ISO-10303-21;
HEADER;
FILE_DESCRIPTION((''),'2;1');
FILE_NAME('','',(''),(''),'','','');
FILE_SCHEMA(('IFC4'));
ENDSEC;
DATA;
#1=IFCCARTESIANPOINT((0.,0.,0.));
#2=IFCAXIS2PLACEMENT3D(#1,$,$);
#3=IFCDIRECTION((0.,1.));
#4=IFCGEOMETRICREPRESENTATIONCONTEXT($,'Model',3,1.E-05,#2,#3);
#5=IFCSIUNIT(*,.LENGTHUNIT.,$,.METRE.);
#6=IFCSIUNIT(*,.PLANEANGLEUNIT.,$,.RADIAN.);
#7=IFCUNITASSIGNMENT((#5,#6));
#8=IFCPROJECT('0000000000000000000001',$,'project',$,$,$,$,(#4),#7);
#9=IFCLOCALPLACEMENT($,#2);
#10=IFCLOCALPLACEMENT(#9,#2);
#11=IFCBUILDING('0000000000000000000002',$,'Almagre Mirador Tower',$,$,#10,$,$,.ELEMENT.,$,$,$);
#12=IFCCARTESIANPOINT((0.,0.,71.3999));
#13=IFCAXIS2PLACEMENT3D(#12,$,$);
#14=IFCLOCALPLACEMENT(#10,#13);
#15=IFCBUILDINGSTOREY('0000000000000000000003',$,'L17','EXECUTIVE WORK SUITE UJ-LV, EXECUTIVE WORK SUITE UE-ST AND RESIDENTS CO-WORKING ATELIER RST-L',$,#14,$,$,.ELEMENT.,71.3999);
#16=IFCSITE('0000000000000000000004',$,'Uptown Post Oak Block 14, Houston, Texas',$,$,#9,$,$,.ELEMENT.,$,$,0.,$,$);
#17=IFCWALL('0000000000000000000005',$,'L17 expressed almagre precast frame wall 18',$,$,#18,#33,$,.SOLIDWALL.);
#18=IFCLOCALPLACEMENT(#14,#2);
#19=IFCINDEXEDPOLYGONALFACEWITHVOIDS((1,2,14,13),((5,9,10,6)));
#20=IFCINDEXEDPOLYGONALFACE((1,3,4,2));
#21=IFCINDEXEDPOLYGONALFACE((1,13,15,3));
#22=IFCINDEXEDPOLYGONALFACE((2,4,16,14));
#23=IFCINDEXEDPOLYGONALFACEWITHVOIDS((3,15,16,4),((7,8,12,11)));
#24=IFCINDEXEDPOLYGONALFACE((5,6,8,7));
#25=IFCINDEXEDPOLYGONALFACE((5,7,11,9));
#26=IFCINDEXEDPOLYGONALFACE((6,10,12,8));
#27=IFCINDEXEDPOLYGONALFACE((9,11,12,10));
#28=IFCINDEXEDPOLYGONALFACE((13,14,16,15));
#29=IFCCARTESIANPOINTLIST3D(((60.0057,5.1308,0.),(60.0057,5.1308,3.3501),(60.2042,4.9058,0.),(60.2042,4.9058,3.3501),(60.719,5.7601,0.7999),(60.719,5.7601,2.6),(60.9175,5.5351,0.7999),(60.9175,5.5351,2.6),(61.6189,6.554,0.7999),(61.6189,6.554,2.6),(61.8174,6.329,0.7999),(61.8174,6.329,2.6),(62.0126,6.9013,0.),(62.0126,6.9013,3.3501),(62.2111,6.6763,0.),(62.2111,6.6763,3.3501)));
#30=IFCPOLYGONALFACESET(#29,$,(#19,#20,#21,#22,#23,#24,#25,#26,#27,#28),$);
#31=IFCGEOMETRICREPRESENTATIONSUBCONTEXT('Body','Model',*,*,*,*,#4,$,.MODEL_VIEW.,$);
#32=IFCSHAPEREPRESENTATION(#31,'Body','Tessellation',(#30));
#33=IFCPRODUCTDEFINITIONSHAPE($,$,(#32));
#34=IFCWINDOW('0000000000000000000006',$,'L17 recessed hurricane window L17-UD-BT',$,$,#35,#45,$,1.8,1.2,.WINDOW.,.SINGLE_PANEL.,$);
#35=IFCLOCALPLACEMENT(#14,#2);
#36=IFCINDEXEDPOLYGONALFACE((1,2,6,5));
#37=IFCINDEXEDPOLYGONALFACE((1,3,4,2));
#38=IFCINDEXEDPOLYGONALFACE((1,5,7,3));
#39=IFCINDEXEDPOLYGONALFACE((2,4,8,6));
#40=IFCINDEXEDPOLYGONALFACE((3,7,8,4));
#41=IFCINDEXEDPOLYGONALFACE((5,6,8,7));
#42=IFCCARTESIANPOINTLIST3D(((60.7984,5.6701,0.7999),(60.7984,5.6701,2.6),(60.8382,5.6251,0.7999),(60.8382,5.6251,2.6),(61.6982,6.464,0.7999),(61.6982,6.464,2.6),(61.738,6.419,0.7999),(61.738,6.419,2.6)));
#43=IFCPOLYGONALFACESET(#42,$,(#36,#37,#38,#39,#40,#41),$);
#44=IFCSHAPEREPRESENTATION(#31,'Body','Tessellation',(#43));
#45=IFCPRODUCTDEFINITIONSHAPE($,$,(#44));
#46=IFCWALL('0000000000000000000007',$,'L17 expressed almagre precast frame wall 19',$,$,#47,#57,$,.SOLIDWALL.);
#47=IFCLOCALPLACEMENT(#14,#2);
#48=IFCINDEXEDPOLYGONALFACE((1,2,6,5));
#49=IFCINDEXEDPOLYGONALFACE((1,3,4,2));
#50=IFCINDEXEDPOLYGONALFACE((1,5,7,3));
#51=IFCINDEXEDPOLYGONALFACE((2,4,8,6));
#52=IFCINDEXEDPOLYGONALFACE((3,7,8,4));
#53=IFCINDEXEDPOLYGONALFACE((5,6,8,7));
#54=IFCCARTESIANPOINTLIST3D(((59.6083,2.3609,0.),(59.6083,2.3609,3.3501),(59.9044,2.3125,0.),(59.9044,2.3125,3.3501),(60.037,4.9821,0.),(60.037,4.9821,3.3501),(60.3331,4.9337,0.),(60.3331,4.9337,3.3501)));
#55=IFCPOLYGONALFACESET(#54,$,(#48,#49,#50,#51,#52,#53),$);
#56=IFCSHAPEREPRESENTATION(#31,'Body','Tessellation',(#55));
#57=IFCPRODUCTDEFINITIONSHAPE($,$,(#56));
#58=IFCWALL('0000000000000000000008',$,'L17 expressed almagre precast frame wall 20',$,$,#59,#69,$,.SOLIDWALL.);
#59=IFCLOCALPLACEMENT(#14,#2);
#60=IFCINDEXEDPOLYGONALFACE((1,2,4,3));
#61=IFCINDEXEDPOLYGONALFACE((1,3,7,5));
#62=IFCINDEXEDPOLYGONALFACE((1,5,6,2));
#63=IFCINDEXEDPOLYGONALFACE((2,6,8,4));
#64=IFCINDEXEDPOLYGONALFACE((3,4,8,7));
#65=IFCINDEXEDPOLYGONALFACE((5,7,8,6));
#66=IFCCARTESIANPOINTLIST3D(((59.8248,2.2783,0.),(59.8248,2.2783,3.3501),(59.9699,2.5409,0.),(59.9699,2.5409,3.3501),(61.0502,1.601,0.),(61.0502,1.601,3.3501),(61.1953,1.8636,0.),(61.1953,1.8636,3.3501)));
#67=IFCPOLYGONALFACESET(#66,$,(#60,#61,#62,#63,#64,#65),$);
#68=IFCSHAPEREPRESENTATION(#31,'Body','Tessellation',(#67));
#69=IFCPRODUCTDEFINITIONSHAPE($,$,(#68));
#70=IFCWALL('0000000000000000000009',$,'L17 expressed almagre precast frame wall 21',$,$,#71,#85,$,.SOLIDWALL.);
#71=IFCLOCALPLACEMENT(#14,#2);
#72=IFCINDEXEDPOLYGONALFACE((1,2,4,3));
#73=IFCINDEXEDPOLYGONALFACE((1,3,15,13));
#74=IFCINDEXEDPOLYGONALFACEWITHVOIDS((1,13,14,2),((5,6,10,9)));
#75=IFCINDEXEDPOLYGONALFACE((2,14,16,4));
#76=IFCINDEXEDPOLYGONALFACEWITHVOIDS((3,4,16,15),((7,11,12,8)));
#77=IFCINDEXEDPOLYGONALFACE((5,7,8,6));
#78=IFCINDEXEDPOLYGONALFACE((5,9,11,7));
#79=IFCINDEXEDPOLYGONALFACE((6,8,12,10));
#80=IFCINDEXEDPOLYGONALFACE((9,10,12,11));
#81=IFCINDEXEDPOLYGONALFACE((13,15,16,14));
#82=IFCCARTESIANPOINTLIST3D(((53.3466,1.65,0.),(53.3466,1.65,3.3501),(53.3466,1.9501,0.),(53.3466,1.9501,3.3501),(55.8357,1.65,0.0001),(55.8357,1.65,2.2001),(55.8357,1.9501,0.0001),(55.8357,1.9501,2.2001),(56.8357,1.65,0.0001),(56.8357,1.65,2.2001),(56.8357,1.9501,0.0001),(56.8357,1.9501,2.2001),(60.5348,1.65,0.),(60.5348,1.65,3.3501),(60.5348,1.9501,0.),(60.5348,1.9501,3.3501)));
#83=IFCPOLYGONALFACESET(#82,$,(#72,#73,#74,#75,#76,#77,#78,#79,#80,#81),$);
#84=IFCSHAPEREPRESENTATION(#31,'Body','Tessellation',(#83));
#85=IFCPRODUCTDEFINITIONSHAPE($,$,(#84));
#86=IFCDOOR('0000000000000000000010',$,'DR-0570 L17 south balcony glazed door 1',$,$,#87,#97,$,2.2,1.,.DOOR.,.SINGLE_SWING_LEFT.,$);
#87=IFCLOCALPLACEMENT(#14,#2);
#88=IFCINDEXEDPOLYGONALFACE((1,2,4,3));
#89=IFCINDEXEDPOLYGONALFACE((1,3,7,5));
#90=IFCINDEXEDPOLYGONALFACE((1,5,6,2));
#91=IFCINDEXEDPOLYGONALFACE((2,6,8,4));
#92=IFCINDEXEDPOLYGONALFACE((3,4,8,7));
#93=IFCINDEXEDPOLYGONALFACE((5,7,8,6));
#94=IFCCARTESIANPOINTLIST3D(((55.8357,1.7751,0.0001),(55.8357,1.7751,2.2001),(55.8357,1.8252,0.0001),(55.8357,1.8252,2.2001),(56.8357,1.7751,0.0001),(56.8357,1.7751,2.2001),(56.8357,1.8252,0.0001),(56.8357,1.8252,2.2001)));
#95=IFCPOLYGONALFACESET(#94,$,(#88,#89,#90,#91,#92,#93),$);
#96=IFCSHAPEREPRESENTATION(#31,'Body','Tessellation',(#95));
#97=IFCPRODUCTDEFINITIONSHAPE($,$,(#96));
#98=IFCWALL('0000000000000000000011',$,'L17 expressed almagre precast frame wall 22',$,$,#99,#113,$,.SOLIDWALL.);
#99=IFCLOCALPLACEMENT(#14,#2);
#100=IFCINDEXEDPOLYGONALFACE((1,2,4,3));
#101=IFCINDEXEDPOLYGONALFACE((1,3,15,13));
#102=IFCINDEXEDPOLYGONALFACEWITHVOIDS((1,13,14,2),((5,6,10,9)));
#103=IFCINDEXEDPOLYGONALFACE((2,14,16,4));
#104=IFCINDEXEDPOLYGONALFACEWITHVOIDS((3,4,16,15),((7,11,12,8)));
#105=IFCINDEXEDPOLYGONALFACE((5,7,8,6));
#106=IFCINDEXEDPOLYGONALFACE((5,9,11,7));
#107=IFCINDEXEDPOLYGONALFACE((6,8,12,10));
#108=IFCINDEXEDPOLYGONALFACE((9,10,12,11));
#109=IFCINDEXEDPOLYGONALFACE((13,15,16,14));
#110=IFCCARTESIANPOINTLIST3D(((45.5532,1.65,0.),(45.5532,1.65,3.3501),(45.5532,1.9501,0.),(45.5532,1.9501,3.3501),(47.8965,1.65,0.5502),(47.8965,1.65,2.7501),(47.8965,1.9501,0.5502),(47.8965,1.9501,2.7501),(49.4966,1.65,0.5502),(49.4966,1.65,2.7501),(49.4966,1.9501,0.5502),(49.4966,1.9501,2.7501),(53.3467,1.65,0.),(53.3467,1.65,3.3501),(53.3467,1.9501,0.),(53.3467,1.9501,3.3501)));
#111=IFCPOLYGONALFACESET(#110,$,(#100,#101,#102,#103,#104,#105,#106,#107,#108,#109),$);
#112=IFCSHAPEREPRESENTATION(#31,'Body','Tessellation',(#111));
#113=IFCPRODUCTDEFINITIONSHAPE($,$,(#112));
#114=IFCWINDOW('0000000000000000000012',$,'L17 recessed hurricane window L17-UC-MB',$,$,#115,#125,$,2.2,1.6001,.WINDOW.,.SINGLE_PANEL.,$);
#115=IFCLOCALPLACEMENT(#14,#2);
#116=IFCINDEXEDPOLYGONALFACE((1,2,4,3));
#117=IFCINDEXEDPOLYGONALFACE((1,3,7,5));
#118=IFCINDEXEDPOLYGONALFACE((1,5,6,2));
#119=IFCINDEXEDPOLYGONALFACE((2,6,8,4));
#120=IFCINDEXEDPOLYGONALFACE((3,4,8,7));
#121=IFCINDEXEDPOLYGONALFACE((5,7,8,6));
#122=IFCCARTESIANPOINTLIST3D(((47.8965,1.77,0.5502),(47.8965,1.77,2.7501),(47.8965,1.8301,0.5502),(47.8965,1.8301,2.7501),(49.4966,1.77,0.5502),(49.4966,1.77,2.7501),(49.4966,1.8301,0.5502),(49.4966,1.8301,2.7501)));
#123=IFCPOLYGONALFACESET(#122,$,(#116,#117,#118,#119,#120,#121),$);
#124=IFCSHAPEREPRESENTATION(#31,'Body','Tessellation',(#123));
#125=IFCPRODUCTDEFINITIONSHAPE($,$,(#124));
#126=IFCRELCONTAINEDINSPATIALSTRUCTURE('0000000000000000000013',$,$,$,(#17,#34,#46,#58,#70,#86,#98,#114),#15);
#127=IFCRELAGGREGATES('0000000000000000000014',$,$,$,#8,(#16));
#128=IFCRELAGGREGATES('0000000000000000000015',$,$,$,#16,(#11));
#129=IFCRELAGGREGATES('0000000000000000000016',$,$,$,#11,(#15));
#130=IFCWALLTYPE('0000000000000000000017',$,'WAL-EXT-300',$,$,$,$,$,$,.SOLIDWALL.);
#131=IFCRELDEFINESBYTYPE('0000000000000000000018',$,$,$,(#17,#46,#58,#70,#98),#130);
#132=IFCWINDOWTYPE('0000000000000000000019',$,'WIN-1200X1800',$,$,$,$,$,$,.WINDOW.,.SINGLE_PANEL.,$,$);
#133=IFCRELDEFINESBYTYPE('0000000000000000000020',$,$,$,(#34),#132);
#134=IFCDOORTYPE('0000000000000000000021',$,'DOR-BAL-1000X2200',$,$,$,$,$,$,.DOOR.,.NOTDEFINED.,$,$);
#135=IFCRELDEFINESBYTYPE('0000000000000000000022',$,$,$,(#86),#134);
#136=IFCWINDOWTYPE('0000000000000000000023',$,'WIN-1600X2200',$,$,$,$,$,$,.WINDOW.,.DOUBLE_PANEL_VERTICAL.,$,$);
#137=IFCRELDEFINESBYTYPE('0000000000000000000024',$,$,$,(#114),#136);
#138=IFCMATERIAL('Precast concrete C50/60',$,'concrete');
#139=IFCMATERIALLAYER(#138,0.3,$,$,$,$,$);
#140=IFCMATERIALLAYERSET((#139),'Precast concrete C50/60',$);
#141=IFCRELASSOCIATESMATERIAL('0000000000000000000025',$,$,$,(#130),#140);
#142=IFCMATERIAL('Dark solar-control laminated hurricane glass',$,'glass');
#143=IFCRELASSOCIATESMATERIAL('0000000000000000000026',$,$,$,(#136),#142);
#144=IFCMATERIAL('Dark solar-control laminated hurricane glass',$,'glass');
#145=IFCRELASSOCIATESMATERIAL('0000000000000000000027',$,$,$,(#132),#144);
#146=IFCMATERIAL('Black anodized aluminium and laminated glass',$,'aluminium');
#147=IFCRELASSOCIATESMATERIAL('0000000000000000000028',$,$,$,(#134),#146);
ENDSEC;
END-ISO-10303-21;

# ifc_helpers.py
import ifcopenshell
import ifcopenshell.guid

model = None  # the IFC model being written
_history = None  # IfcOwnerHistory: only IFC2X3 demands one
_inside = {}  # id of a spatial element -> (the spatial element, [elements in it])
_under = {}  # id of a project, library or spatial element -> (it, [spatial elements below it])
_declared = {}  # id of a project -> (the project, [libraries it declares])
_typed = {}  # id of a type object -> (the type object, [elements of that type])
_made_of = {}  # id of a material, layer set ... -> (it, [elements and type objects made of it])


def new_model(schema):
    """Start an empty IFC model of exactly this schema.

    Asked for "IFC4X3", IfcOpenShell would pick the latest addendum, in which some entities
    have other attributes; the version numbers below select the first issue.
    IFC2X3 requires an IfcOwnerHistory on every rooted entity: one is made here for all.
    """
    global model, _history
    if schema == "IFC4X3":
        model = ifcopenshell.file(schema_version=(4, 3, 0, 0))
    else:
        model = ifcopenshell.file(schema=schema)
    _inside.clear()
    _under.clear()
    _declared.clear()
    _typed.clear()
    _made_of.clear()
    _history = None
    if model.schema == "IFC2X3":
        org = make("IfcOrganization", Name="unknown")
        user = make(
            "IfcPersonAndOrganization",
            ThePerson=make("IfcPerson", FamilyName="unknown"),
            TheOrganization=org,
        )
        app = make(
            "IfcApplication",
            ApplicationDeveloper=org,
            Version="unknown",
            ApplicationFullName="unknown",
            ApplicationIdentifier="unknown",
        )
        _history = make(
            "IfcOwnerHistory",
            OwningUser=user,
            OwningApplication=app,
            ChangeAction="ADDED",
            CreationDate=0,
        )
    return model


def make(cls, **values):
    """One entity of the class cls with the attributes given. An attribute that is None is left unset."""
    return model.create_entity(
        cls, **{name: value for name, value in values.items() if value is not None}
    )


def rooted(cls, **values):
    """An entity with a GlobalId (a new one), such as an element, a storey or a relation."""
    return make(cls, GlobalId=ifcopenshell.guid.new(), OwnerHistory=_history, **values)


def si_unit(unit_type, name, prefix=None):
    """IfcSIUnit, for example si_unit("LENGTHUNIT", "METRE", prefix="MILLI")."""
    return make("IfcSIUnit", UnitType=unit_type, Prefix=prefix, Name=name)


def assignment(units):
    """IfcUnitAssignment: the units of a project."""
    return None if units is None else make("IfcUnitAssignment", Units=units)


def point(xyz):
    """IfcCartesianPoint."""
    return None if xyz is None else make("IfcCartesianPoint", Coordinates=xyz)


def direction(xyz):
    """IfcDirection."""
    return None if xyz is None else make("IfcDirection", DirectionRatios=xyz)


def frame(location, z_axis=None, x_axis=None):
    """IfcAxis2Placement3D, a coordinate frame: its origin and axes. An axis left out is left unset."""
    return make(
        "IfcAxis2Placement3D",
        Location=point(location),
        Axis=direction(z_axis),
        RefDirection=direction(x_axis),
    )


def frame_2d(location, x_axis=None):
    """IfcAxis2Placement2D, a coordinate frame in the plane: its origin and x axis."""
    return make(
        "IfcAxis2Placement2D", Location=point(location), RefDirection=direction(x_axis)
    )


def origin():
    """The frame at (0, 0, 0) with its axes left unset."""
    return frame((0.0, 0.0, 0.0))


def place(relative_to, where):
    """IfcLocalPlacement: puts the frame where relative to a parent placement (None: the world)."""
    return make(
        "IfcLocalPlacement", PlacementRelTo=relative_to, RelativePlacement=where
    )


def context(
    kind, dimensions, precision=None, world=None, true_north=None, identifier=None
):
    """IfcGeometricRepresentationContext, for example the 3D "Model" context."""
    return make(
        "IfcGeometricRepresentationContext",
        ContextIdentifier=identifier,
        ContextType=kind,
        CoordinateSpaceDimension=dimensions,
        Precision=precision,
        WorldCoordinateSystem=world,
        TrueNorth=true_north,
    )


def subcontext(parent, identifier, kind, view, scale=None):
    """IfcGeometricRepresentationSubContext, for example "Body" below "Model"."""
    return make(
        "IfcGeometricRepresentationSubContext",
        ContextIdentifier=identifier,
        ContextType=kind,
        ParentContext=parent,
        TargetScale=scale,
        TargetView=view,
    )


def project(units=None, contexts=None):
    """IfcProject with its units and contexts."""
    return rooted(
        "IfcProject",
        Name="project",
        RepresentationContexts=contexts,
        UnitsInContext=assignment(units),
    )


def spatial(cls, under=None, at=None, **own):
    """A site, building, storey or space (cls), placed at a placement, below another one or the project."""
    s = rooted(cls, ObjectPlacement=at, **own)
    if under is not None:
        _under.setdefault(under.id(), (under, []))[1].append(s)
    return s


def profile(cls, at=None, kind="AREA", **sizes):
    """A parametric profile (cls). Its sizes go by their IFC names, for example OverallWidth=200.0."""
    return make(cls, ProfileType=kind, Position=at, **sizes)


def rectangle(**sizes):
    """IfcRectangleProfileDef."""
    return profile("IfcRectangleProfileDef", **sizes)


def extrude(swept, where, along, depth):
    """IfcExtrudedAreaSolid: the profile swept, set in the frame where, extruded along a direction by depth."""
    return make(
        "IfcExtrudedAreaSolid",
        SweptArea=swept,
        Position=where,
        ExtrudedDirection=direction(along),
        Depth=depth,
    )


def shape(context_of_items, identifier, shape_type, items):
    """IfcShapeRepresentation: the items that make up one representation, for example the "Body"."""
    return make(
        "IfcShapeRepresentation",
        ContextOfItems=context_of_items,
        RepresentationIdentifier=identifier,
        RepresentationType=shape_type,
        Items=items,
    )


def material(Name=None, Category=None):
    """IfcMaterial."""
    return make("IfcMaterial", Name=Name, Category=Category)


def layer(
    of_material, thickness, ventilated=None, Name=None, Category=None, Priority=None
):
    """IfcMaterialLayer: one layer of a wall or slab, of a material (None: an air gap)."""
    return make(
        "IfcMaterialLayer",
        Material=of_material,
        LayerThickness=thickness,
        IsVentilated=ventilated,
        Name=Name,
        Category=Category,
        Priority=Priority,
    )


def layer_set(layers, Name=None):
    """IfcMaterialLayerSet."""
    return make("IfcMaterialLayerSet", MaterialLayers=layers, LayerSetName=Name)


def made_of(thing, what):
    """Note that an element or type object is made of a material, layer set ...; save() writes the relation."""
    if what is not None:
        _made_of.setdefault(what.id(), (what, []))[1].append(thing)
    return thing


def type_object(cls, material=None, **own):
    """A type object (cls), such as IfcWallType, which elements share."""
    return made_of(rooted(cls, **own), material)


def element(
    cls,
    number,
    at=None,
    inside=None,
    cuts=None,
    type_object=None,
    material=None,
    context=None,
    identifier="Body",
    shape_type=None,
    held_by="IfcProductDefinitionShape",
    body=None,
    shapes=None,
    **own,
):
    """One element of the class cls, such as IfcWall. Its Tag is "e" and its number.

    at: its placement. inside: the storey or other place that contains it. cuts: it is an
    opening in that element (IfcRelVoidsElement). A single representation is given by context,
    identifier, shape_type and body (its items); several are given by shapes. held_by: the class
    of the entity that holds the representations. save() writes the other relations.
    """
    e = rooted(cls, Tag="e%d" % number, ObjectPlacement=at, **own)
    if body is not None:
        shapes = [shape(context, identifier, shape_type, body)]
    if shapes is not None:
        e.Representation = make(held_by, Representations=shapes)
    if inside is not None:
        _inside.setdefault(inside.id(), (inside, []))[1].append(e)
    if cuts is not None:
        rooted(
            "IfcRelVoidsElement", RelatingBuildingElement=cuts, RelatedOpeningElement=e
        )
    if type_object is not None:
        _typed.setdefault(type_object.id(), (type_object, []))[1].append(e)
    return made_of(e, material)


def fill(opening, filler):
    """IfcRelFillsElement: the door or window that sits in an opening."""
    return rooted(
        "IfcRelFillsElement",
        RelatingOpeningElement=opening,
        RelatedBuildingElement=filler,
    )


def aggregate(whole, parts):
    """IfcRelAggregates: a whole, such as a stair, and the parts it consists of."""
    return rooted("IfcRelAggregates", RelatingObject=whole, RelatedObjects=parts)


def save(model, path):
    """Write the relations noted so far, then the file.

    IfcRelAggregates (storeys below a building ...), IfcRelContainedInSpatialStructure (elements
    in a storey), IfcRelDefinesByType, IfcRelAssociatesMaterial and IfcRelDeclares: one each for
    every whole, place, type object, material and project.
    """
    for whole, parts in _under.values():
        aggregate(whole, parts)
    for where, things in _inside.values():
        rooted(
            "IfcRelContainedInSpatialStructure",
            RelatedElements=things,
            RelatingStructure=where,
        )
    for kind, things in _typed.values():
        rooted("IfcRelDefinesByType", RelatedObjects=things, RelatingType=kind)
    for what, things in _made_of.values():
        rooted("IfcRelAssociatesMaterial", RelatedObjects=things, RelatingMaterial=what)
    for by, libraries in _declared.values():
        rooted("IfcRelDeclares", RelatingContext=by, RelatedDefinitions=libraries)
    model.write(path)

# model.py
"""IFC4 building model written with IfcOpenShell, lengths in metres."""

from ifc_helpers import new_model, si_unit, direction, frame, frame_2d, origin, place, context, subcontext, project, spatial, rectangle, extrude, material, layer, layer_set, type_object, element, fill, save


model = new_model("IFC4")

# Units and contexts
model_context = context("Model", 3, precision=1e-05, world=origin(), true_north=direction((0.0, 1.0)))
body_context = subcontext(model_context, "Body", "Model", "MODEL_VIEW")
ifc_project = project(units=[si_unit("LENGTHUNIT", "METRE"), si_unit("PLANEANGLEUNIT", "RADIAN")], contexts=[model_context])

# Site, building, storey
site_placement = place(None, origin())
site = spatial("IfcSite", under=ifc_project, at=site_placement, Name="Uptown Post Oak Block 14, Houston, Texas", CompositionType="ELEMENT", RefElevation=0.0)
building_placement = place(site_placement, origin())
building = spatial("IfcBuilding", under=site, at=building_placement, Name="Almagre Mirador Tower", CompositionType="ELEMENT")
storey_placement = place(building_placement, frame((0.0, 0.0, 71.3999)))
storey = spatial("IfcBuildingStorey", under=building, at=storey_placement, Name="L17", Description="EXECUTIVE WORK SUITE UJ-LV, EXECUTIVE WORK SUITE UE-ST AND RESIDENTS CO-WORKING ATELIER RST-L", CompositionType="ELEMENT", Elevation=71.3999)

# Shared definitions
ifc_material_1 = material(Name="Precast concrete C50/60", Category="concrete")
ifc_layer_1 = layer(ifc_material_1, 0.3)
ifc_layer_set_1 = layer_set([ifc_layer_1], Name="Precast concrete C50/60")
wall_type = type_object("IfcWallType", Name="WAL-EXT-300", PredefinedType="SOLIDWALL", material=ifc_layer_set_1)
ifc_material_2 = material(Name="Dark solar-control laminated hurricane glass", Category="glass")
window_type_1 = type_object("IfcWindowType", Name="WIN-1600X2200", PartitioningType="DOUBLE_PANEL_VERTICAL", PredefinedType="WINDOW", material=ifc_material_2)

# Wall, opening, window
wall_1_placement = place(storey_placement, frame((62.1118, 6.7888, 0.0), z_axis=(0.0, 0.0, 1.0), x_axis=(-0.74988, -0.661573, 0.0)))
wall_1 = element("IfcWall", 1, at=wall_1_placement, inside=storey, type_object=wall_type, Name="L17 expressed almagre precast frame wall 18", PredefinedType="SOLIDWALL", context=body_context, shape_type="SweptSolid", body=[
    extrude(rectangle(XDim=2.6763, YDim=0.3, at=frame_2d((1.3381, 0.0))), origin(), (0.0, 0.0, 1.0), 3.3501),
])
opening_1_placement = place(wall_1_placement, frame((0.5249, 0.0, 0.8)))
opening_1 = element("IfcOpeningElement", 2, at=opening_1_placement, cuts=wall_1, PredefinedType="OPENING", context=body_context, shape_type="SweptSolid", body=[
    extrude(rectangle(XDim=1.2, YDim=1.8, at=frame_2d((0.6001, 0.8999))), frame((0.0, 0.1599, 0.0), z_axis=(0.0, -1.0, 0.0), x_axis=(1.0, 0.0, 0.0)), (0.0, 0.0, 1.0), 0.32),
])
ifc_material_3 = material(Name="Dark solar-control laminated hurricane glass", Category="glass")
window_type_2 = type_object("IfcWindowType", Name="WIN-1200X1800", PartitioningType="SINGLE_PANEL", PredefinedType="WINDOW", material=ifc_material_3)
window_1_placement = place(opening_1_placement, origin())
window_1 = element("IfcWindow", 3, at=window_1_placement, inside=storey, type_object=window_type_2, Name="L17 recessed hurricane window L17-UD-BT", OverallHeight=1.8, OverallWidth=1.2, PartitioningType="SINGLE_PANEL", PredefinedType="WINDOW", context=body_context, shape_type="SweptSolid", body=[
    extrude(rectangle(XDim=1.2, YDim=1.8, at=frame_2d((0.6001, 0.8999))), frame((0.0, 0.03, 0.0), z_axis=(0.0, -1.0, 0.0), x_axis=(1.0, 0.0, 0.0)), (0.0, 0.0, 1.0), 0.0601),
])
fill(opening_1, window_1)

# Walls
wall_2_placement = place(storey_placement, frame((60.1851, 4.958, 0.0), z_axis=(0.0, 0.0, 1.0), x_axis=(-0.161417, -0.986886, 0.0)))
element("IfcWall", 4, at=wall_2_placement, inside=storey, type_object=wall_type, Name="L17 expressed almagre precast frame wall 19", PredefinedType="SOLIDWALL", context=body_context, shape_type="SweptSolid", body=[
    extrude(rectangle(XDim=2.656, YDim=0.3, at=frame_2d((1.3281, 0.0))), origin(), (0.0, 0.0, 1.0), 3.3501),
])
wall_3_placement = place(storey_placement, frame((59.8972, 2.4097, 0.0), z_axis=(0.0, 0.0, 1.0), x_axis=(0.875216, -0.483732, 0.0)))
element("IfcWall", 5, at=wall_3_placement, inside=storey, type_object=wall_type, Name="L17 expressed almagre precast frame wall 20", PredefinedType="SOLIDWALL", context=body_context, shape_type="SweptSolid", body=[
    extrude(rectangle(XDim=1.4001, YDim=0.3, at=frame_2d((0.7002, 0.0))), origin(), (0.0, 0.0, 1.0), 3.3501),
])

# Wall, opening, door
wall_4_placement = place(storey_placement, frame((60.5349, 1.8, 0.0), z_axis=(0.0, 0.0, 1.0), x_axis=(-1.0, 0.0, 0.0)))
wall_4 = element("IfcWall", 6, at=wall_4_placement, inside=storey, type_object=wall_type, Name="L17 expressed almagre precast frame wall 21", PredefinedType="SOLIDWALL", context=body_context, shape_type="SweptSolid", body=[
    extrude(rectangle(XDim=7.1882, YDim=0.3, at=frame_2d((3.5942, 0.0))), origin(), (0.0, 0.0, 1.0), 3.3501),
])
opening_2_placement = place(wall_4_placement, frame((3.6992, 0.0, 0.0)))
opening_2 = element("IfcOpeningElement", 7, at=opening_2_placement, cuts=wall_4, PredefinedType="OPENING", context=body_context, shape_type="SweptSolid", body=[
    extrude(rectangle(XDim=1.0, YDim=2.2, at=frame_2d((0.5, 1.1001))), frame((0.0, 0.1599, 0.0), z_axis=(0.0, -1.0, 0.0), x_axis=(1.0, 0.0, 0.0)), (0.0, 0.0, 1.0), 0.32),
])
ifc_material_4 = material(Name="Black anodized aluminium and laminated glass", Category="aluminium")
door_type = type_object("IfcDoorType", Name="DOR-BAL-1000X2200", OperationType="NOTDEFINED", PredefinedType="DOOR", material=ifc_material_4)
door_placement = place(opening_2_placement, origin())
door = element("IfcDoor", 8, at=door_placement, inside=storey, type_object=door_type, Name="DR-0570 L17 south balcony glazed door 1", OperationType="SINGLE_SWING_LEFT", OverallHeight=2.2, OverallWidth=1.0, PredefinedType="DOOR", context=body_context, shape_type="SweptSolid", body=[
    extrude(rectangle(XDim=1.0, YDim=2.2, at=frame_2d((0.5, 1.1001))), frame((0.0, 0.0249, 0.0), z_axis=(0.0, -1.0, 0.0), x_axis=(1.0, 0.0, 0.0)), (0.0, 0.0, 1.0), 0.05),
])
fill(opening_2, door)

# Wall, opening, window
wall_5_placement = place(storey_placement, frame((53.3467, 1.8, 0.0), z_axis=(0.0, 0.0, 1.0), x_axis=(-1.0, 0.0, 0.0)))
wall_5 = element("IfcWall", 9, at=wall_5_placement, inside=storey, type_object=wall_type, Name="L17 expressed almagre precast frame wall 22", PredefinedType="SOLIDWALL", context=body_context, shape_type="SweptSolid", body=[
    extrude(rectangle(XDim=7.7935, YDim=0.3, at=frame_2d((3.8967, 0.0))), origin(), (0.0, 0.0, 1.0), 3.3501),
])
opening_3_placement = place(wall_5_placement, frame((3.8501, 0.0, 0.55)))
opening_3 = element("IfcOpeningElement", 10, at=opening_3_placement, cuts=wall_5, PredefinedType="OPENING", context=body_context, shape_type="SweptSolid", body=[
    extrude(rectangle(XDim=1.6001, YDim=2.2, at=frame_2d((0.8, 1.1001))), frame((0.0, 0.1599, 0.0), z_axis=(0.0, -1.0, 0.0), x_axis=(1.0, 0.0, 0.0)), (0.0, 0.0, 1.0), 0.32),
])
window_2_placement = place(opening_3_placement, origin())
window_2 = element("IfcWindow", 11, at=window_2_placement, inside=storey, type_object=window_type_1, Name="L17 recessed hurricane window L17-UC-MB", OverallHeight=2.2, OverallWidth=1.6001, PartitioningType="SINGLE_PANEL", PredefinedType="WINDOW", context=body_context, shape_type="SweptSolid", body=[
    extrude(rectangle(XDim=1.6001, YDim=2.2, at=frame_2d((0.8, 1.1001))), frame((0.0, 0.03, 0.0), z_axis=(0.0, -1.0, 0.0), x_axis=(1.0, 0.0, 0.0)), (0.0, 0.0, 1.0), 0.0601),
])
fill(opening_3, window_2)

save(model, "model.ifc")
